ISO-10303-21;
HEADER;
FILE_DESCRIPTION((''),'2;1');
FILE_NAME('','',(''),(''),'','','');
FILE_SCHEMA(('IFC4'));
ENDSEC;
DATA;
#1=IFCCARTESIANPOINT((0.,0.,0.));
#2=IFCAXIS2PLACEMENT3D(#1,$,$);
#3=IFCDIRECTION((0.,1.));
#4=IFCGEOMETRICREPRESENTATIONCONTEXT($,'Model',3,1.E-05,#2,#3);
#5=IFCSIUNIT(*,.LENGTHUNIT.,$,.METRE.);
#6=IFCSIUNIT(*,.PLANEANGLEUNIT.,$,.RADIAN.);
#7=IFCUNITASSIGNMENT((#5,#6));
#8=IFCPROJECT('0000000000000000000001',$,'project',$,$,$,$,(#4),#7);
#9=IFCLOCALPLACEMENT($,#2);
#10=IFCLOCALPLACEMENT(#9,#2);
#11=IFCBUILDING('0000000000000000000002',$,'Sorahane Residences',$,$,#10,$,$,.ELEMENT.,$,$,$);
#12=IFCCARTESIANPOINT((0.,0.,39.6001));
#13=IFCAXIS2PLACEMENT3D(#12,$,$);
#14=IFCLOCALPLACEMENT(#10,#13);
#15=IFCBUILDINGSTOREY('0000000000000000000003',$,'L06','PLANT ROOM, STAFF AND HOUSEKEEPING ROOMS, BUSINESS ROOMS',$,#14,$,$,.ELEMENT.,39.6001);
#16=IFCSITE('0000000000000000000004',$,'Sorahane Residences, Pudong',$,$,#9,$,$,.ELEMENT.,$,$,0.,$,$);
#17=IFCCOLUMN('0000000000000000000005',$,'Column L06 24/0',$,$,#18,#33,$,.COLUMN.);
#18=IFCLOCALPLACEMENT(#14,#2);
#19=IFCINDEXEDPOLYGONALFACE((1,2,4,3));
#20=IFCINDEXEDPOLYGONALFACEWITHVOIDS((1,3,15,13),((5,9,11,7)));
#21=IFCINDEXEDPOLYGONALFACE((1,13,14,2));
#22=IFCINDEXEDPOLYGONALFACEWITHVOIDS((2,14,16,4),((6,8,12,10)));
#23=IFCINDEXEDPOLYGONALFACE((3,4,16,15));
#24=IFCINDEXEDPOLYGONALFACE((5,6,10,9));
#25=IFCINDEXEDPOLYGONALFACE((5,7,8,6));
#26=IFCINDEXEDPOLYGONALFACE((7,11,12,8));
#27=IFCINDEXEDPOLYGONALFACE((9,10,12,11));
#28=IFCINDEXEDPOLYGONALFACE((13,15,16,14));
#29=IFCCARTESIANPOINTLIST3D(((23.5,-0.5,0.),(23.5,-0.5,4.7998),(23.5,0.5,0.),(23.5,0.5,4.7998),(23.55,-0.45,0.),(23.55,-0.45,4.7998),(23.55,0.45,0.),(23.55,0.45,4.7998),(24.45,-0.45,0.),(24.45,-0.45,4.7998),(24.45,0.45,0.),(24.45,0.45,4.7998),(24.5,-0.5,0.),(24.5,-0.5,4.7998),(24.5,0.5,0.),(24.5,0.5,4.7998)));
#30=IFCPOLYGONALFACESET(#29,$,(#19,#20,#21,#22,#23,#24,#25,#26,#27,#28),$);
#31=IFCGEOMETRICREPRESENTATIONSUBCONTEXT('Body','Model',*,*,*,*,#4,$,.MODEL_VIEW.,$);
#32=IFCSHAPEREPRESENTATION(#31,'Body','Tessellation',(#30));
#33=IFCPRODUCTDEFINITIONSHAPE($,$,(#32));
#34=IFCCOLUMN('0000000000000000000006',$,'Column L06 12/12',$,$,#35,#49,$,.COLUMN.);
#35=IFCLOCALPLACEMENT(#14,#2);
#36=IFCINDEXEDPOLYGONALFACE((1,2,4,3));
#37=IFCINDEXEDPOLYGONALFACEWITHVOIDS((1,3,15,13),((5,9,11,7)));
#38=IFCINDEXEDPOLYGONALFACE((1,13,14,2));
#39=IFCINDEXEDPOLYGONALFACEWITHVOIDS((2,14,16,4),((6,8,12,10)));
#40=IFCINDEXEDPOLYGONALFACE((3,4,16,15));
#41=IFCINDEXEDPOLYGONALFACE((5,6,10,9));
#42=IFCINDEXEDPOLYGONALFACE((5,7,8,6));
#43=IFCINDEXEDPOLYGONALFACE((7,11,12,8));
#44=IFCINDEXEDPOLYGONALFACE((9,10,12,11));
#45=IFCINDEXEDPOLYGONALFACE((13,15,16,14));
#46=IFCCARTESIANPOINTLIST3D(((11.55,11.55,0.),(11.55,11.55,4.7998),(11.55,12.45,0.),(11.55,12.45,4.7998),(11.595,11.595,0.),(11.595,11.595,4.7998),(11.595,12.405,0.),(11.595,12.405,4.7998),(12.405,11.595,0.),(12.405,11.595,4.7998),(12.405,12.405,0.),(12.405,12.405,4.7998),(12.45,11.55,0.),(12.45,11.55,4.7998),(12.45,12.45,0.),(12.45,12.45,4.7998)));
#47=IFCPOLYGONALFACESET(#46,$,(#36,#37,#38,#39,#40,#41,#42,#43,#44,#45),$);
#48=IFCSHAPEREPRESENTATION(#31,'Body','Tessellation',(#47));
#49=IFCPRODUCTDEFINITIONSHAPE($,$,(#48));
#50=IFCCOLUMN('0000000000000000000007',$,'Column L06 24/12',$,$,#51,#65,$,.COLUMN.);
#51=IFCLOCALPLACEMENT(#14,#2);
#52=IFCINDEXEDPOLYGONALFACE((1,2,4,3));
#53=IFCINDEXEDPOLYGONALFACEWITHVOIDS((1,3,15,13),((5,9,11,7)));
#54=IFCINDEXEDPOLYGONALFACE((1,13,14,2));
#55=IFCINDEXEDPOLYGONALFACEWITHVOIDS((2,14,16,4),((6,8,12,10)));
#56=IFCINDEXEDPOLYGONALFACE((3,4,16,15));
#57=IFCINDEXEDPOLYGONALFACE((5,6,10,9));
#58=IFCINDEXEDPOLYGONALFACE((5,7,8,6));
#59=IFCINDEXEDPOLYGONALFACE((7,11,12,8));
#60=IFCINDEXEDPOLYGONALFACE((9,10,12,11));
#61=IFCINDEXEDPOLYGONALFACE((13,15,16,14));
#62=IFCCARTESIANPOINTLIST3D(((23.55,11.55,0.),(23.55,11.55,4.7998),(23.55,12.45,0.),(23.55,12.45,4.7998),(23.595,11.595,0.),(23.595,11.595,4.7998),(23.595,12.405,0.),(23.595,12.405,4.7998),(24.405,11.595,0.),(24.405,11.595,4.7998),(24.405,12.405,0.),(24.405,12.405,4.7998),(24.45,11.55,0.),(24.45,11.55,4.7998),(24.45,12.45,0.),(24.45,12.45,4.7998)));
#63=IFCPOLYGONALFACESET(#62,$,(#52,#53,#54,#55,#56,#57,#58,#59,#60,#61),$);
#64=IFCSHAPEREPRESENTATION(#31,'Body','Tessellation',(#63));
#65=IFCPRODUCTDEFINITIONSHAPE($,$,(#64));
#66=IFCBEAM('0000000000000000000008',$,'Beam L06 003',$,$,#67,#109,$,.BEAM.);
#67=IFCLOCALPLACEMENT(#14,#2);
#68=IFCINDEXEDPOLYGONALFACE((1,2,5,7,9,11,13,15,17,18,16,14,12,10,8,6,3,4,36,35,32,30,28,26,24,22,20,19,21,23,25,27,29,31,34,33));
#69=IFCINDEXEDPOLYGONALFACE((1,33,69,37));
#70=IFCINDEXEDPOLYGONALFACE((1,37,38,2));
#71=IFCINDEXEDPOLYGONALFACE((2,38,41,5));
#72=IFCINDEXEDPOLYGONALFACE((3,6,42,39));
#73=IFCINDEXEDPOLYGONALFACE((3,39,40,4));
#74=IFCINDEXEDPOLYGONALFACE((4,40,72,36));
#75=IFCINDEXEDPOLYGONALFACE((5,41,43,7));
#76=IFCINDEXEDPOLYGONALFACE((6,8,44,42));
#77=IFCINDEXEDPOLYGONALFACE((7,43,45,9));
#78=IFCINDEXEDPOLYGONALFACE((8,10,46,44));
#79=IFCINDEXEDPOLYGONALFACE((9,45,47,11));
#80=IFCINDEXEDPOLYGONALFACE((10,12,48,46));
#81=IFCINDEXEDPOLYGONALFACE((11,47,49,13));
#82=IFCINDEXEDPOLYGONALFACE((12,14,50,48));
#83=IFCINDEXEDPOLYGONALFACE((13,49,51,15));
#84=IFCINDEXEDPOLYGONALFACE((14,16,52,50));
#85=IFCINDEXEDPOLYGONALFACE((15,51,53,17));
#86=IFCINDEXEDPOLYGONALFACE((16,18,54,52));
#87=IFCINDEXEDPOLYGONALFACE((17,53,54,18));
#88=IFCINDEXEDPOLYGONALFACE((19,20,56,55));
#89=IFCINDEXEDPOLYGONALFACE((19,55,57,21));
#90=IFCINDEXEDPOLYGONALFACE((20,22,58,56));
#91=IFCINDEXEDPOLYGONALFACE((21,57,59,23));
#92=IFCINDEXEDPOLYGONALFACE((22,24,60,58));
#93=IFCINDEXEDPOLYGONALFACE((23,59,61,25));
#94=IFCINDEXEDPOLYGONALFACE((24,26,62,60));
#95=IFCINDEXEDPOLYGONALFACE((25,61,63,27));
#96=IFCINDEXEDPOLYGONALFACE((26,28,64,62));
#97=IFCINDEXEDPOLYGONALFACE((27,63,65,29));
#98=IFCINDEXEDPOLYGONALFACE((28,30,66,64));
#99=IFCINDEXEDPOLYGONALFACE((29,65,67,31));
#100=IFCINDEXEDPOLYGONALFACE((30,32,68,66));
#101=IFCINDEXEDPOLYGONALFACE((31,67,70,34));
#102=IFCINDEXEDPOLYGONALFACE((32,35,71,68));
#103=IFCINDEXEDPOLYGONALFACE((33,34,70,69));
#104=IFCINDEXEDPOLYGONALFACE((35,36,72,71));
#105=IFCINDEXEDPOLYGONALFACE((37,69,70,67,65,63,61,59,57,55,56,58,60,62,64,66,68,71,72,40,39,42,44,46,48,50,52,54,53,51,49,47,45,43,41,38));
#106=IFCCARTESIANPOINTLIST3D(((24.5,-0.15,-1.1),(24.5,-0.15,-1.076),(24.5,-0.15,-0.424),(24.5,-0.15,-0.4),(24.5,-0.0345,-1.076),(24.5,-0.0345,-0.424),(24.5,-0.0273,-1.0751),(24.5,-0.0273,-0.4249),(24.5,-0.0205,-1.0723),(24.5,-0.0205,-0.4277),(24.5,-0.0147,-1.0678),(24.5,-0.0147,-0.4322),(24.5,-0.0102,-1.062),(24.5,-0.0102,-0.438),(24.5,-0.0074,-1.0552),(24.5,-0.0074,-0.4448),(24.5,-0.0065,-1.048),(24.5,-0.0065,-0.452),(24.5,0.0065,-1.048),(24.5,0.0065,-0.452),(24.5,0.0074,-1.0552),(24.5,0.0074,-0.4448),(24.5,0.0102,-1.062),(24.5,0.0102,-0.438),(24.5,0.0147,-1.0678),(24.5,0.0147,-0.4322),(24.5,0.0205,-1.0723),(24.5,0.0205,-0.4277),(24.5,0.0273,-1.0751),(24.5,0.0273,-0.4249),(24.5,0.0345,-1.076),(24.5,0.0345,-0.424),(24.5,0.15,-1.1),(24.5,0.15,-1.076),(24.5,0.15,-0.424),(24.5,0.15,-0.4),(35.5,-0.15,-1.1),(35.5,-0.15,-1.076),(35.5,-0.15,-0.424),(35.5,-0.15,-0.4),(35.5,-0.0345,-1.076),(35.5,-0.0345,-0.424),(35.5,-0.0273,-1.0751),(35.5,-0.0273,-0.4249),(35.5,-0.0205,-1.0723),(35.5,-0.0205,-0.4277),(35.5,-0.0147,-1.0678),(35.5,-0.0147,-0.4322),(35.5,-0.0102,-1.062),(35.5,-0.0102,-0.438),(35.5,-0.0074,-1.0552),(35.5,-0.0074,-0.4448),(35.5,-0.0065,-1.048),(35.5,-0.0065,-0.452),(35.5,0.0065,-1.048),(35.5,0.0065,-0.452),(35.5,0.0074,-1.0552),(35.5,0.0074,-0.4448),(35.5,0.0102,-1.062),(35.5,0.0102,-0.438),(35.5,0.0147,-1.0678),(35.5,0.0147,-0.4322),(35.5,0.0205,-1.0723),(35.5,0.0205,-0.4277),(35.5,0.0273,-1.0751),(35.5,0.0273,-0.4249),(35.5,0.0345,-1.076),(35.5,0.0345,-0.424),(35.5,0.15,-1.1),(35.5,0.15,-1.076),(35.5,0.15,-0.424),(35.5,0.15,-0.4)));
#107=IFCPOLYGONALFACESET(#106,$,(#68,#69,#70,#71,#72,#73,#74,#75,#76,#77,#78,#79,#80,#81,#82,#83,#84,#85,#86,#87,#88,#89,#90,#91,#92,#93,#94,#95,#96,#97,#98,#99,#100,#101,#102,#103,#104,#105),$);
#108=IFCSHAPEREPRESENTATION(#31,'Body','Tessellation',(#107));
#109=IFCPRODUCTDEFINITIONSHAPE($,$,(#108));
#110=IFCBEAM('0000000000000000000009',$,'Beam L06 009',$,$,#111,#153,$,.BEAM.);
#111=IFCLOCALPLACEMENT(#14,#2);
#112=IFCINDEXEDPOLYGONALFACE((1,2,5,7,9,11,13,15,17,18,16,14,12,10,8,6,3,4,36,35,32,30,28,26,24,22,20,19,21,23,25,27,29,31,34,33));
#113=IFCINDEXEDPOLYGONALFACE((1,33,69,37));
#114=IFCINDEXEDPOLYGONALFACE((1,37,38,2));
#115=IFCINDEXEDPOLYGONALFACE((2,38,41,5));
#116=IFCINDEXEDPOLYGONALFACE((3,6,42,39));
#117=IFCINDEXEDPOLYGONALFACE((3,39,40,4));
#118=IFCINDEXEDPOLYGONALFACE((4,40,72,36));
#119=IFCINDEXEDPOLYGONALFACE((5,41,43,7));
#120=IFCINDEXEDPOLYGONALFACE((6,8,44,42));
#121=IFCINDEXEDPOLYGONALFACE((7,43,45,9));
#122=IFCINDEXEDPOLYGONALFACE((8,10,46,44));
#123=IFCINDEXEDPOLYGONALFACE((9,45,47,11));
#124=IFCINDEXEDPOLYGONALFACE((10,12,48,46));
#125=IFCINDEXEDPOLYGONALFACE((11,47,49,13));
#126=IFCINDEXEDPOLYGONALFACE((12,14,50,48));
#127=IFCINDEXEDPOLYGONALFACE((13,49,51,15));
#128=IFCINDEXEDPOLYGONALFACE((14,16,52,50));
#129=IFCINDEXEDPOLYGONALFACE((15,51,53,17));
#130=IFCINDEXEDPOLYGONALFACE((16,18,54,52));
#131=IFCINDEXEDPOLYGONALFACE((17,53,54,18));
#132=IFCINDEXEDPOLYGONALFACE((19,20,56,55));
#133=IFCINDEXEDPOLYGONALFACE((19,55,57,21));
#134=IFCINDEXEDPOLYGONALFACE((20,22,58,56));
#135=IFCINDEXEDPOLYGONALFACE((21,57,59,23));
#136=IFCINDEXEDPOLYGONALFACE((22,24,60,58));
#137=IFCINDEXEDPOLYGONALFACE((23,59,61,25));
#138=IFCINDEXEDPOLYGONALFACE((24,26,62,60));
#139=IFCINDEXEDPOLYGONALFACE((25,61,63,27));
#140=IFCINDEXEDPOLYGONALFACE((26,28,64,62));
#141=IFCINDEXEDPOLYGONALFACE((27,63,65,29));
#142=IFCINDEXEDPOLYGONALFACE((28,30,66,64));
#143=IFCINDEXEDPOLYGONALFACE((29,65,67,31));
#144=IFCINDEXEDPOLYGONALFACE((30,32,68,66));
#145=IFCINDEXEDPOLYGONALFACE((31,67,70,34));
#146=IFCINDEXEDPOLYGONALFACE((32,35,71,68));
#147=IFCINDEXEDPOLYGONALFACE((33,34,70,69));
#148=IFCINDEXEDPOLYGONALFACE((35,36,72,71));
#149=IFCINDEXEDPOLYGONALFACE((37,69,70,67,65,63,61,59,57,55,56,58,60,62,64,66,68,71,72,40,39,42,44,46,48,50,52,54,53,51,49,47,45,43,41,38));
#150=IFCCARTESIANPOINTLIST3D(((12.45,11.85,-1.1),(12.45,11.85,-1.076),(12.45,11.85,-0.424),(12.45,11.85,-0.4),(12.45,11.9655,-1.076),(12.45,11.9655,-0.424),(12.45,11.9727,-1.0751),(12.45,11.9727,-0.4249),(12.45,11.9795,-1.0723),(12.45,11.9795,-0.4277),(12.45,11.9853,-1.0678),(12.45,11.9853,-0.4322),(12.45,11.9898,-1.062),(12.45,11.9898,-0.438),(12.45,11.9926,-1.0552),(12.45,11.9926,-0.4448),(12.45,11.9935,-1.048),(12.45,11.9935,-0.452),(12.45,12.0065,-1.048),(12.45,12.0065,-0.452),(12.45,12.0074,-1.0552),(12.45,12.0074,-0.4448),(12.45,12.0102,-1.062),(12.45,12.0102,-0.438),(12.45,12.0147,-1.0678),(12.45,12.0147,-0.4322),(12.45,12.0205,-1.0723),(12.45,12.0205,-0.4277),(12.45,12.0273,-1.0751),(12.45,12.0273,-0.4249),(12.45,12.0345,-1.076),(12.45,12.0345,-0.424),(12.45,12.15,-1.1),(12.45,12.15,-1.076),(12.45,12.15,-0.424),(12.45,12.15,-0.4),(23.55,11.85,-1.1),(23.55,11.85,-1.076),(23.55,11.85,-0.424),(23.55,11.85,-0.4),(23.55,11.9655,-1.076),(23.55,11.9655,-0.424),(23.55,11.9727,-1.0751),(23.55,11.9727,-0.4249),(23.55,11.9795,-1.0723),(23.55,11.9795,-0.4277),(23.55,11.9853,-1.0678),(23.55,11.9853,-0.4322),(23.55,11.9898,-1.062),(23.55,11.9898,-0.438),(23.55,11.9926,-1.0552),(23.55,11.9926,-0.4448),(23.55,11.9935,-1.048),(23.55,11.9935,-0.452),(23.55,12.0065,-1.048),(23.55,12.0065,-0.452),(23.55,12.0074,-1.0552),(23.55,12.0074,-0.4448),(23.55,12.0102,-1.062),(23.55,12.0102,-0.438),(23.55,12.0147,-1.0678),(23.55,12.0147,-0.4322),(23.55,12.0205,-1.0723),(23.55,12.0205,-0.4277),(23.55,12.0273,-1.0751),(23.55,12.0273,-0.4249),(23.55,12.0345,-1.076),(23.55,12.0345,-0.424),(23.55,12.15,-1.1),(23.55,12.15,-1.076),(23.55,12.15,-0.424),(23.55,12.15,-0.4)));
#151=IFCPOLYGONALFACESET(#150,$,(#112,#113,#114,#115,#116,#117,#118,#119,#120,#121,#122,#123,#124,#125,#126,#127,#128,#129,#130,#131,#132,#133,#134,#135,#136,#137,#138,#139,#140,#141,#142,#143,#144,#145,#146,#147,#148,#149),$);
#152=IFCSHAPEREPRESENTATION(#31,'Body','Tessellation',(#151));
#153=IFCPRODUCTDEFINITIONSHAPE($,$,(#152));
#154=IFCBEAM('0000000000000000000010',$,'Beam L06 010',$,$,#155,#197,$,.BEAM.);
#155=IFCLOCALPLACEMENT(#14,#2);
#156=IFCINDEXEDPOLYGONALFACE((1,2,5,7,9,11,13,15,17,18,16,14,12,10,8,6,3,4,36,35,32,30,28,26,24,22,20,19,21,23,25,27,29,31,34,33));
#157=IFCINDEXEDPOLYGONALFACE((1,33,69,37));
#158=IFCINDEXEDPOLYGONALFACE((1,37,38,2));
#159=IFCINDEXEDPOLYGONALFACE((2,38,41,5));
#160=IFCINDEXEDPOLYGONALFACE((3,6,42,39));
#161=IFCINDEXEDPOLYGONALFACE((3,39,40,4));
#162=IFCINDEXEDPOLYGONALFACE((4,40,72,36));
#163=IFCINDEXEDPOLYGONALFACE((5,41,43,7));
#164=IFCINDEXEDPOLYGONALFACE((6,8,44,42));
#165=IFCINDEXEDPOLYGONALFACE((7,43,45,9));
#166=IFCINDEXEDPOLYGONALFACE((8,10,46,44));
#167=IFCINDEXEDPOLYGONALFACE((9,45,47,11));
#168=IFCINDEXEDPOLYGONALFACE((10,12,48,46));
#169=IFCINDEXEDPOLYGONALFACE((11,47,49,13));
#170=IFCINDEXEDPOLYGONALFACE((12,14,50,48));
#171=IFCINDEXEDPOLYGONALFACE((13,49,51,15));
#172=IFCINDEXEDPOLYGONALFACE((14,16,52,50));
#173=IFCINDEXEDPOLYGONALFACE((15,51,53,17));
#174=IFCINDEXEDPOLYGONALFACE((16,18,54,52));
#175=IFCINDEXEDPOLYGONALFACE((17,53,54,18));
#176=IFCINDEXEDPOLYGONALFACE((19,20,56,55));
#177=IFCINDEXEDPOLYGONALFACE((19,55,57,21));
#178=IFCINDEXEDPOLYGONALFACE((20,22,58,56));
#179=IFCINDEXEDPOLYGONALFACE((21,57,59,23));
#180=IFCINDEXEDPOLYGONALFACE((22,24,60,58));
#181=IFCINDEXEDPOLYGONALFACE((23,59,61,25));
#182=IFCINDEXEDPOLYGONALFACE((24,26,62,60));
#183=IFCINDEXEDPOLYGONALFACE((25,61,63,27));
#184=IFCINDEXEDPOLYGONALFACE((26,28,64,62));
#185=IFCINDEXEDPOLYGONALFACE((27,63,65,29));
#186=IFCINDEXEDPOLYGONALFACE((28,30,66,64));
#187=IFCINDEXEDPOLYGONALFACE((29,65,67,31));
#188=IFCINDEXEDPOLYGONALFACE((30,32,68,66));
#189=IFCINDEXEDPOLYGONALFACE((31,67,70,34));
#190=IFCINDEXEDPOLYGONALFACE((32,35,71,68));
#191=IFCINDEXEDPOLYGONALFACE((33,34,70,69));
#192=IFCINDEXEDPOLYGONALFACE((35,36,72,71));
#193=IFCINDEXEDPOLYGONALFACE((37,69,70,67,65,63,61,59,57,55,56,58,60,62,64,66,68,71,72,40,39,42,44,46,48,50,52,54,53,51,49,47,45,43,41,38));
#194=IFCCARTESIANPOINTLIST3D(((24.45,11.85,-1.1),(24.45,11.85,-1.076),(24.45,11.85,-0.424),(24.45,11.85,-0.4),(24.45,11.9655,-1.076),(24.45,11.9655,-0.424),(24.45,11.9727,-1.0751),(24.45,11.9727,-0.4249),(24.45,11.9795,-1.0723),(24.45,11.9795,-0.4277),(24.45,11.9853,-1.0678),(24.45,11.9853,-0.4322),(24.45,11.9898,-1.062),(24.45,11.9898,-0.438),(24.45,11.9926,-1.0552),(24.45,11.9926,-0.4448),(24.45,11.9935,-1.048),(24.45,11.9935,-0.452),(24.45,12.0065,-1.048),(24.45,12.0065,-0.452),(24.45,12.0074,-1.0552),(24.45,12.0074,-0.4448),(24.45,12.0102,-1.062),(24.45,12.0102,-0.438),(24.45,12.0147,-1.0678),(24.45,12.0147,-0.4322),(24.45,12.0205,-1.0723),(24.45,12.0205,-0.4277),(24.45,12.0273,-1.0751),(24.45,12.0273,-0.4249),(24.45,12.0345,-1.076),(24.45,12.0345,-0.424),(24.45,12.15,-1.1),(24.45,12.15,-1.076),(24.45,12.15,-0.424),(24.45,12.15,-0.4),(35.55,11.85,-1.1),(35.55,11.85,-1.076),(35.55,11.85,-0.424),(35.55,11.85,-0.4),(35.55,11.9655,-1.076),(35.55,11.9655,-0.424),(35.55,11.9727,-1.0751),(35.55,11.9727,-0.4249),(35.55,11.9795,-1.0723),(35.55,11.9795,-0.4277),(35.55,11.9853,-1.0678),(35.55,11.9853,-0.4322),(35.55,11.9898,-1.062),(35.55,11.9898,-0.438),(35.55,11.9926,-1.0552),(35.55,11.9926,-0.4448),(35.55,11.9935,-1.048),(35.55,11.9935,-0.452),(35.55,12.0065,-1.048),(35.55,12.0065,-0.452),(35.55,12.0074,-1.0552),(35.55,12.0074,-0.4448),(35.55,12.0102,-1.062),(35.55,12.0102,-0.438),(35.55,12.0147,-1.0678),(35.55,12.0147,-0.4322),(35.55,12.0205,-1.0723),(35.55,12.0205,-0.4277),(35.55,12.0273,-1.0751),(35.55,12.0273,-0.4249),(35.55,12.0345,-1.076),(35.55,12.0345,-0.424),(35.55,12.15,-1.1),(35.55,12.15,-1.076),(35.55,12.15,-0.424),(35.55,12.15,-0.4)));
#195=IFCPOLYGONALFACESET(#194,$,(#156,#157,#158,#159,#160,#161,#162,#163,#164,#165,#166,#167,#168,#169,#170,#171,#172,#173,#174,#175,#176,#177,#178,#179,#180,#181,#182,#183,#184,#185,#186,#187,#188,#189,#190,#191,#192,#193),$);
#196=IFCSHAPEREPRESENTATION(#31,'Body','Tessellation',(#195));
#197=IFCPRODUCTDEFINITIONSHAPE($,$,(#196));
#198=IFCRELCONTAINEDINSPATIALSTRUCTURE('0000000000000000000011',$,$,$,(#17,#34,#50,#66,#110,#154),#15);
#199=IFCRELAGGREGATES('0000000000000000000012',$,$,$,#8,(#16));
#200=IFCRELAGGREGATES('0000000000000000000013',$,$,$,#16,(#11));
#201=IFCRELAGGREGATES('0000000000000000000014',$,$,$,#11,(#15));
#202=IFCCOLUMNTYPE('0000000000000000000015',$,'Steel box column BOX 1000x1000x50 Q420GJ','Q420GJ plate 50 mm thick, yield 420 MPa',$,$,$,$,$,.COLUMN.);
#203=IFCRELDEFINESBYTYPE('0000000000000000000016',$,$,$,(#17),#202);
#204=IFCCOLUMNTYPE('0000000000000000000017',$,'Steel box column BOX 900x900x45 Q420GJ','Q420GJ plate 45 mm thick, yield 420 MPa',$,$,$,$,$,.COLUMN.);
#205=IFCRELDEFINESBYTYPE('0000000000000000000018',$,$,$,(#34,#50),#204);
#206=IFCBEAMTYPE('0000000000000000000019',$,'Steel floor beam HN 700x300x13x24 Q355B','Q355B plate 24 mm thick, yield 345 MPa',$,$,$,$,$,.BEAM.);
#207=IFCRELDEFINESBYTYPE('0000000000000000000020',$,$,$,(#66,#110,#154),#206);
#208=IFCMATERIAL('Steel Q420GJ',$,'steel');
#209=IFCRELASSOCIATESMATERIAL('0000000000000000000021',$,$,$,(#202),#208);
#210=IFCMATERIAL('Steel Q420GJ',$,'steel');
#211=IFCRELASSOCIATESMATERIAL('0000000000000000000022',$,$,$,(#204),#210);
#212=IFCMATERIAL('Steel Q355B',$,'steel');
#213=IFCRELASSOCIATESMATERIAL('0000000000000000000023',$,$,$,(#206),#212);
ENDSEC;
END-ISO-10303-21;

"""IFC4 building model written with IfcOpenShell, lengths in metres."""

from ifc_helpers import new_model, si_unit, direction, frame, origin, origin_2d, place, context, subcontext, project, spatial, hollow_rectangle, i_section, extrude, material, material_profile, profile_set, type_object, element, save


model = new_model("IFC4")

# Units and contexts
model_context = context("Model", 3, precision=1e-05, world=origin(), true_north=direction((0.0, 1.0)))
body_context = subcontext(model_context, "Body", "Model", "MODEL_VIEW")
ifc_project = project(units=[si_unit("LENGTHUNIT", "METRE"), si_unit("PLANEANGLEUNIT", "RADIAN")], contexts=[model_context])

# Site, building, storey
site_placement = place(None, origin())
site = spatial("IfcSite", under=ifc_project, at=site_placement, Name="Sorahane Residences, Pudong", CompositionType="ELEMENT", RefElevation=0.0)
building_placement = place(site_placement, origin())
building = spatial("IfcBuilding", under=site, at=building_placement, Name="Sorahane Residences", CompositionType="ELEMENT")
storey_placement = place(building_placement, frame((0.0, 0.0, 39.6001)))
storey = spatial("IfcBuildingStorey", under=building, at=storey_placement, Name="L06", Description="PLANT ROOM, STAFF AND HOUSEKEEPING ROOMS, BUSINESS ROOMS", CompositionType="ELEMENT", Elevation=39.6001)

# Columns
ifc_material_1 = material(Name="Steel Q420GJ", Category="steel")
ifc_material_profile_1 = material_profile(ifc_material_1, hollow_rectangle(XDim=1.0, YDim=1.0, WallThickness=0.05, at=origin_2d()), Name="BOX 1000x1000x50")
ifc_profile_set_1 = profile_set([ifc_material_profile_1], Name="Steel Q420GJ")
column_type_1 = type_object("IfcColumnType", Name="Steel box column BOX 1000x1000x50 Q420GJ", Description="Q420GJ plate 50 mm thick, yield 420 MPa", PredefinedType="COLUMN", material=ifc_profile_set_1)
column_placement = place(storey_placement, frame((24.0, 0.0, 0.0), z_axis=(0.0, 0.0, 1.0), x_axis=(1.0, 0.0, 0.0)))
element("IfcColumn", 1, at=column_placement, inside=storey, type_object=column_type_1, Name="Column L06 24/0", PredefinedType="COLUMN", context=body_context, shape_type="SweptSolid", body=[
    extrude(hollow_rectangle(XDim=1.0, YDim=1.0, WallThickness=0.05, at=origin_2d()), origin(), (0.0, 0.0, 1.0), 4.7998),
])
ifc_material_2 = material(Name="Steel Q420GJ", Category="steel")
ifc_material_profile_2 = material_profile(ifc_material_2, hollow_rectangle(XDim=0.8999, YDim=0.8999, WallThickness=0.0449, at=origin_2d()), Name="BOX 900x900x45")
ifc_profile_set_2 = profile_set([ifc_material_profile_2], Name="Steel Q420GJ")
column_type_2 = type_object("IfcColumnType", Name="Steel box column BOX 900x900x45 Q420GJ", Description="Q420GJ plate 45 mm thick, yield 420 MPa", PredefinedType="COLUMN", material=ifc_profile_set_2)
for number, where, z_axis, x_axis, name in (
    (2, (12.0, 12.0, 0.0), (0.0, 0.0, 1.0), (1.0, 0.0, 0.0), "Column L06 12/12"),
    (3, (24.0, 12.0, 0.0), (0.0, 0.0, 1.0), (1.0, 0.0, 0.0), "Column L06 24/12"),
):
    element("IfcColumn", number, at=place(storey_placement, frame(where, z_axis=z_axis, x_axis=x_axis)), inside=storey, type_object=column_type_2, Name=name, PredefinedType="COLUMN", context=body_context, shape_type="SweptSolid", body=[
        extrude(hollow_rectangle(XDim=0.8999, YDim=0.8999, WallThickness=0.0449, at=origin_2d()), origin(), (0.0, 0.0, 1.0), 4.7998),
    ])

# Beams
ifc_material_3 = material(Name="Steel Q355B", Category="steel")
ifc_material_profile_3 = material_profile(ifc_material_3, i_section(OverallWidth=0.3, OverallDepth=0.7, WebThickness=0.0129, FlangeThickness=0.0239, FilletRadius=0.0281, at=origin_2d()), Name="HN 700x300x13x24")
ifc_profile_set_3 = profile_set([ifc_material_profile_3], Name="Steel Q355B")
beam_type = type_object("IfcBeamType", Name="Steel floor beam HN 700x300x13x24 Q355B", Description="Q355B plate 24 mm thick, yield 345 MPa", PredefinedType="BEAM", material=ifc_profile_set_3)
beam_1_placement = place(storey_placement, frame((24.5, 0.0, -0.75), z_axis=(1.0, 0.0, 0.0), x_axis=(0.0, 1.0, 0.0)))
element("IfcBeam", 4, at=beam_1_placement, inside=storey, type_object=beam_type, Name="Beam L06 003", PredefinedType="BEAM", context=body_context, shape_type="SweptSolid", body=[
    extrude(i_section(OverallWidth=0.3, OverallDepth=0.7, WebThickness=0.0129, FlangeThickness=0.0239, FilletRadius=0.0281, at=origin_2d()), origin(), (0.0, 0.0, 1.0), 11.0),
])
for number, where, z_axis, x_axis, name in (
    (5, (12.45, 12.0, -0.75), (1.0, 0.0, 0.0), (0.0, 1.0, 0.0), "Beam L06 009"),
    (6, (24.45, 12.0, -0.75), (1.0, 0.0, 0.0), (0.0, 1.0, 0.0), "Beam L06 010"),
):
    element("IfcBeam", number, at=place(storey_placement, frame(where, z_axis=z_axis, x_axis=x_axis)), inside=storey, type_object=beam_type, Name=name, PredefinedType="BEAM", context=body_context, shape_type="SweptSolid", body=[
        extrude(i_section(OverallWidth=0.3, OverallDepth=0.7, WebThickness=0.0129, FlangeThickness=0.0239, FilletRadius=0.0281, at=origin_2d()), origin(), (0.0, 0.0, 1.0), 11.1001),
    ])

save(model, "model.ifc")
